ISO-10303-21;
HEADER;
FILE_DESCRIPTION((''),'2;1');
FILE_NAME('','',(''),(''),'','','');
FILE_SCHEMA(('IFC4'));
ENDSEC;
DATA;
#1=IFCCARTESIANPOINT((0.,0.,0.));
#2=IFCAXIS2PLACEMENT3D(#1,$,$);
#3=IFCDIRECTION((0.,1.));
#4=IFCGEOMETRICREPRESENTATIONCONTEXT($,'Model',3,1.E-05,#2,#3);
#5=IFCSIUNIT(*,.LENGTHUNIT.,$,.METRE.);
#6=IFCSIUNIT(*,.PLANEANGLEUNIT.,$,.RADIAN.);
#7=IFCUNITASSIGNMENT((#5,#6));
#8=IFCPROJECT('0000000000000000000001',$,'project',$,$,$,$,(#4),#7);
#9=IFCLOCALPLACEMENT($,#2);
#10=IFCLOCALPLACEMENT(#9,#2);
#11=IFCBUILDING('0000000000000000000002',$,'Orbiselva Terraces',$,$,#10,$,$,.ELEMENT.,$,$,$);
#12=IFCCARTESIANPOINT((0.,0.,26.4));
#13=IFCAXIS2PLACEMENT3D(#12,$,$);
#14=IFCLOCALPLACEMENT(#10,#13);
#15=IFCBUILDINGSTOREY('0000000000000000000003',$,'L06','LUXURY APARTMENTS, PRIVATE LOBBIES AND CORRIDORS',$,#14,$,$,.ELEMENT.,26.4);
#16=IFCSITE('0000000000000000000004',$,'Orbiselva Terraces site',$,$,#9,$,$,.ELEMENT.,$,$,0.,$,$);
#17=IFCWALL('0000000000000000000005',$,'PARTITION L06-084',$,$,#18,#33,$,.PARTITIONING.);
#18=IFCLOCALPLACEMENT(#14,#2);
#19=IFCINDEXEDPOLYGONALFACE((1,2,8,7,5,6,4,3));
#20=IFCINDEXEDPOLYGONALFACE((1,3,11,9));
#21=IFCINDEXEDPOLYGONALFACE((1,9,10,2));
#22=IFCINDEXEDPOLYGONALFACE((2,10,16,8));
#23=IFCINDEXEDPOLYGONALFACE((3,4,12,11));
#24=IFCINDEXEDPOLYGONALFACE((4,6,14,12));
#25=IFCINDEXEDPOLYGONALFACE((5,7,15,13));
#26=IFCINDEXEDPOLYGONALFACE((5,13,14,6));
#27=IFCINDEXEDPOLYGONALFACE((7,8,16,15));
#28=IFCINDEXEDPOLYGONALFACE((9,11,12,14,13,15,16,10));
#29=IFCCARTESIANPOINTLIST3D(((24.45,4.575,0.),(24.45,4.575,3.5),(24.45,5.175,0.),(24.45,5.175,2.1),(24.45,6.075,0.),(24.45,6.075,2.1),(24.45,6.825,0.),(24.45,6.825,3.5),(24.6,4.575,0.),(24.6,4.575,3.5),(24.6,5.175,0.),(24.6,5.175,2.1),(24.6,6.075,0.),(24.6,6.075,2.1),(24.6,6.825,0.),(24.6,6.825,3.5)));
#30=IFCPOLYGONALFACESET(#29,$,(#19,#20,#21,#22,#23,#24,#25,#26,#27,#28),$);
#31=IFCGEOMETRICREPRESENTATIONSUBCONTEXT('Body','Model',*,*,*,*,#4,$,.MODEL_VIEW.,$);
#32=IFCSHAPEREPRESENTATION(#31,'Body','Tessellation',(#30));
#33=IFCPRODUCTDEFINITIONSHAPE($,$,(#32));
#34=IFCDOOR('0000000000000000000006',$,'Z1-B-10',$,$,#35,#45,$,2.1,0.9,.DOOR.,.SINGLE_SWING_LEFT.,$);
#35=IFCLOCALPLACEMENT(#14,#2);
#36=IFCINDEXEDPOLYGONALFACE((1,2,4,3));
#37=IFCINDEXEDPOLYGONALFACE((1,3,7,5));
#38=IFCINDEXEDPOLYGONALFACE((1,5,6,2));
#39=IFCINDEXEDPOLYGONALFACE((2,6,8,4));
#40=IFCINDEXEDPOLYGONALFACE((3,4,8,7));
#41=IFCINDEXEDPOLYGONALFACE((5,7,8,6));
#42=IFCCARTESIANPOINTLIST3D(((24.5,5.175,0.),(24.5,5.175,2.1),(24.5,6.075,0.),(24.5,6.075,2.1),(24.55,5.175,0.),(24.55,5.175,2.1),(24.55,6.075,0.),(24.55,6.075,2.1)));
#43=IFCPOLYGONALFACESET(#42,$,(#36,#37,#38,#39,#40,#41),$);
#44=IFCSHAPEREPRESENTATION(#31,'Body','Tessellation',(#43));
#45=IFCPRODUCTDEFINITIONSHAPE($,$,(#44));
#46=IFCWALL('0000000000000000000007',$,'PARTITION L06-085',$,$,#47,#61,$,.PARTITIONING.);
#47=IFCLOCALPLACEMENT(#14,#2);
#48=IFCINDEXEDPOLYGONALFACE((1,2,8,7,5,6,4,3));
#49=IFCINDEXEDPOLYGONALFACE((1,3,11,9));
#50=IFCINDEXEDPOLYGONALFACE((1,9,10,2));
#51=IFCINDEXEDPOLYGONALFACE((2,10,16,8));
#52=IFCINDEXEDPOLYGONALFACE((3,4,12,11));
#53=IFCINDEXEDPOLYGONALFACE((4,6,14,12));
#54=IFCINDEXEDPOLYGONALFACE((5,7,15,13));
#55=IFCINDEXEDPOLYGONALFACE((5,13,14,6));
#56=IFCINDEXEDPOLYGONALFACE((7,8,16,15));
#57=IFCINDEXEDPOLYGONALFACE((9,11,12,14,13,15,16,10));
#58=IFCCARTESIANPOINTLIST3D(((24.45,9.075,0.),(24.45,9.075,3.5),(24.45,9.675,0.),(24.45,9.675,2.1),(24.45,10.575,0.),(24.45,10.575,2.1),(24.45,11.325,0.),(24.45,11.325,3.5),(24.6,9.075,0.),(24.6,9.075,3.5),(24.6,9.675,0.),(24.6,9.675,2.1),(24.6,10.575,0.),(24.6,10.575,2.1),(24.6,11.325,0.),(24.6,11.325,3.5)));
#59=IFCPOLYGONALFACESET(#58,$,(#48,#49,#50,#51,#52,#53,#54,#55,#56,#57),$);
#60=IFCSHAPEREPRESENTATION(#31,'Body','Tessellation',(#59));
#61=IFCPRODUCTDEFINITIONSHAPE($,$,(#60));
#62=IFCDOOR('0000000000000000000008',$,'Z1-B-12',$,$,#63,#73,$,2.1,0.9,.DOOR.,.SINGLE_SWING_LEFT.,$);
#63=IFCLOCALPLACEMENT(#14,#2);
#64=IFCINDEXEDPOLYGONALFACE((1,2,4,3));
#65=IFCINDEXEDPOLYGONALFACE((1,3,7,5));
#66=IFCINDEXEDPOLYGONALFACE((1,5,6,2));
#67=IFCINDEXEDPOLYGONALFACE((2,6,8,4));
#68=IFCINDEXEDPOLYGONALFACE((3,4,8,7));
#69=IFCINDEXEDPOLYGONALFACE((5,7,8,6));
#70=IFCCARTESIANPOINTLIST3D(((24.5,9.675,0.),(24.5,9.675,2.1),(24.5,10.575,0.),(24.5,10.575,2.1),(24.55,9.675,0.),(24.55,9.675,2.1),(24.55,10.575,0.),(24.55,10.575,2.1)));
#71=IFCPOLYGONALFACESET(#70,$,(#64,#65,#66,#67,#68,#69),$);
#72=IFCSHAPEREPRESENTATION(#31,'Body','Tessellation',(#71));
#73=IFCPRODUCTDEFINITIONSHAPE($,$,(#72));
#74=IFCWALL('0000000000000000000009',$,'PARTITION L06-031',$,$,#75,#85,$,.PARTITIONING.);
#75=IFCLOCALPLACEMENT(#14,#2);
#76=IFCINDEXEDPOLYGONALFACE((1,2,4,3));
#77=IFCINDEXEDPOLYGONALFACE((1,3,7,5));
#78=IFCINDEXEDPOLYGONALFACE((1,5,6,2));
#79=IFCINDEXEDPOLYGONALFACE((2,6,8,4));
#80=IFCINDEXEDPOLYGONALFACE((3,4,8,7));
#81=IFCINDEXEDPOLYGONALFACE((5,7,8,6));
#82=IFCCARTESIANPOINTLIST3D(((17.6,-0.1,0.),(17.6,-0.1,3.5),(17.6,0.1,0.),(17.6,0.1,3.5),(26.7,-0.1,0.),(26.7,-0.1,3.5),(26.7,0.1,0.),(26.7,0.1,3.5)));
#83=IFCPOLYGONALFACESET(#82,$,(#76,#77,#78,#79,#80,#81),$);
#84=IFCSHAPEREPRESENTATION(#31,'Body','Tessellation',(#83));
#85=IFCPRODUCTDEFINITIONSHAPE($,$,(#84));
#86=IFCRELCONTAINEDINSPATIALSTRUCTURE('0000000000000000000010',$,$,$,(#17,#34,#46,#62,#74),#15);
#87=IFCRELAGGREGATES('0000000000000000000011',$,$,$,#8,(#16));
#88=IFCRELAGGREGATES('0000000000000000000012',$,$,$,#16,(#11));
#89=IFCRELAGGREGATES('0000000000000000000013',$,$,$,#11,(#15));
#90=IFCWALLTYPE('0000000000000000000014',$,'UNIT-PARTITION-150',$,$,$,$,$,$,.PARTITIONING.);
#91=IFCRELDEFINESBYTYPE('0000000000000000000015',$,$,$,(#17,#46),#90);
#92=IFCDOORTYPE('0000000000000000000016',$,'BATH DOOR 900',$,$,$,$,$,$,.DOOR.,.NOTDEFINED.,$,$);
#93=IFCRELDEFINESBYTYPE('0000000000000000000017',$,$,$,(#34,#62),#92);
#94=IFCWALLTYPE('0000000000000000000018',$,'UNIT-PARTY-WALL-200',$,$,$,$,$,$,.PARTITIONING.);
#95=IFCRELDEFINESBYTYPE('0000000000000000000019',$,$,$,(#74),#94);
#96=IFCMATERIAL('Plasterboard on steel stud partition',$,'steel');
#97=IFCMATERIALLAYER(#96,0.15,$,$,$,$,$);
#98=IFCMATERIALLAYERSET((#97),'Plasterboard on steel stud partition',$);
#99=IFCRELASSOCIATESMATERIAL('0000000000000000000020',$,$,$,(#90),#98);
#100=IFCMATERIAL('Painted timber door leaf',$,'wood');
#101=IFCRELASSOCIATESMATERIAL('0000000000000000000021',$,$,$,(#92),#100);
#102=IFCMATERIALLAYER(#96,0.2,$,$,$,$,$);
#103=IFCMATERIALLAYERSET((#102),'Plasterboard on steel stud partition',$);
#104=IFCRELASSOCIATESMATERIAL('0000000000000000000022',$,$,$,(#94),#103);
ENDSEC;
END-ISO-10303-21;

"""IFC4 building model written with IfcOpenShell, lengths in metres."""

from ifc_helpers import new_model, si_unit, direction, frame, frame_2d, origin, place, context, subcontext, project, spatial, rectangle, extrude, material, layer, layer_set, type_object, element, fill, save


model = new_model("IFC4")

# Units and contexts
model_context = context("Model", 3, precision=1e-05, world=origin(), true_north=direction((0.0, 1.0)))
body_context = subcontext(model_context, "Body", "Model", "MODEL_VIEW")
ifc_project = project(units=[si_unit("LENGTHUNIT", "METRE"), si_unit("PLANEANGLEUNIT", "RADIAN")], contexts=[model_context])

# Site, building, storey
site_placement = place(None, origin())
site = spatial("IfcSite", under=ifc_project, at=site_placement, Name="Orbiselva Terraces site", CompositionType="ELEMENT", RefElevation=0.0)
building_placement = place(site_placement, origin())
building = spatial("IfcBuilding", under=site, at=building_placement, Name="Orbiselva Terraces", CompositionType="ELEMENT")
storey_placement = place(building_placement, frame((0.0, 0.0, 26.4)))
storey = spatial("IfcBuildingStorey", under=building, at=storey_placement, Name="L06", Description="LUXURY APARTMENTS, PRIVATE LOBBIES AND CORRIDORS", CompositionType="ELEMENT", Elevation=26.4)

# Shared definitions
ifc_material_1 = material(Name="Plasterboard on steel stud partition", Category="steel")
ifc_material_2 = material(Name="Painted timber door leaf", Category="wood")

# Shared definitions
ifc_layer_1 = layer(ifc_material_1, 0.15)
ifc_layer_set_1 = layer_set([ifc_layer_1], Name="Plasterboard on steel stud partition")
wall_type_1 = type_object("IfcWallType", Name="UNIT-PARTITION-150", PredefinedType="PARTITIONING", material=ifc_layer_set_1)

# Walls, openings, doors
wall_1_placement = place(storey_placement, frame((24.525, 4.575, 0.0), z_axis=(0.0, 0.0, 1.0), x_axis=(0.0, 1.0, 0.0)))
wall_1 = element("IfcWall", 1, at=wall_1_placement, inside=storey, type_object=wall_type_1, Name="PARTITION L06-084", PredefinedType="PARTITIONING", context=body_context, shape_type="SweptSolid", body=[
    extrude(rectangle(XDim=2.25, YDim=0.15, at=frame_2d((1.125, 0.0))), origin(), (0.0, 0.0, 1.0), 3.5),
])
opening_1_placement = place(wall_1_placement, frame((0.6, 0.0, 0.0)))
opening_1 = element("IfcOpeningElement", 2, at=opening_1_placement, cuts=wall_1, PredefinedType="OPENING", context=body_context, shape_type="SweptSolid", body=[
    extrude(rectangle(XDim=0.9, YDim=2.1, at=frame_2d((0.45, 1.05))), frame((0.0, 0.085, 0.0), z_axis=(0.0, -1.0, 0.0), x_axis=(1.0, 0.0, 0.0)), (0.0, 0.0, 1.0), 0.17),
])
door_type_1 = type_object("IfcDoorType", Name="BATH DOOR 900", OperationType="NOTDEFINED", PredefinedType="DOOR", material=ifc_material_2)
door_1_placement = place(opening_1_placement, origin())
door_1 = element("IfcDoor", 3, at=door_1_placement, inside=storey, type_object=door_type_1, Name="Z1-B-10", OperationType="SINGLE_SWING_LEFT", OverallHeight=2.1, OverallWidth=0.9, PredefinedType="DOOR", context=body_context, shape_type="SweptSolid", body=[
    extrude(rectangle(XDim=0.9, YDim=2.1, at=frame_2d((0.45, 1.05))), frame((0.0, 0.025, 0.0), z_axis=(0.0, -1.0, 0.0), x_axis=(1.0, 0.0, 0.0)), (0.0, 0.0, 1.0), 0.05),
])
fill(opening_1, door_1)
wall_2_placement = place(storey_placement, frame((24.525, 9.075, 0.0), z_axis=(0.0, 0.0, 1.0), x_axis=(0.0, 1.0, 0.0)))
wall_2 = element("IfcWall", 4, at=wall_2_placement, inside=storey, type_object=wall_type_1, Name="PARTITION L06-085", PredefinedType="PARTITIONING", context=body_context, shape_type="SweptSolid", body=[
    extrude(rectangle(XDim=2.25, YDim=0.15, at=frame_2d((1.125, 0.0))), origin(), (0.0, 0.0, 1.0), 3.5),
])
opening_2_placement = place(wall_2_placement, frame((0.6, 0.0, 0.0)))
opening_2 = element("IfcOpeningElement", 5, at=opening_2_placement, cuts=wall_2, PredefinedType="OPENING", context=body_context, shape_type="SweptSolid", body=[
    extrude(rectangle(XDim=0.9, YDim=2.1, at=frame_2d((0.45, 1.05))), frame((0.0, 0.085, 0.0), z_axis=(0.0, -1.0, 0.0), x_axis=(1.0, 0.0, 0.0)), (0.0, 0.0, 1.0), 0.17),
])
door_2_placement = place(opening_2_placement, origin())
door_2 = element("IfcDoor", 6, at=door_2_placement, inside=storey, type_object=door_type_1, Name="Z1-B-12", OperationType="SINGLE_SWING_LEFT", OverallHeight=2.1, OverallWidth=0.9, PredefinedType="DOOR", context=body_context, shape_type="SweptSolid", body=[
    extrude(rectangle(XDim=0.9, YDim=2.1, at=frame_2d((0.45, 1.05))), frame((0.0, 0.025, 0.0), z_axis=(0.0, -1.0, 0.0), x_axis=(1.0, 0.0, 0.0)), (0.0, 0.0, 1.0), 0.05),
])
fill(opening_2, door_2)

# Wall
ifc_layer_2 = layer(ifc_material_1, 0.2)
ifc_layer_set_2 = layer_set([ifc_layer_2], Name="Plasterboard on steel stud partition")
wall_type_2 = type_object("IfcWallType", Name="UNIT-PARTY-WALL-200", PredefinedType="PARTITIONING", material=ifc_layer_set_2)
wall_3_placement = place(storey_placement, frame((17.6, 0.0, 0.0), z_axis=(0.0, 0.0, 1.0), x_axis=(1.0, 0.0, 0.0)))
element("IfcWall", 7, at=wall_3_placement, inside=storey, type_object=wall_type_2, Name="PARTITION L06-031", PredefinedType="PARTITIONING", context=body_context, shape_type="SweptSolid", body=[
    extrude(rectangle(XDim=9.1, YDim=0.2, at=frame_2d((4.55, 0.0))), origin(), (0.0, 0.0, 1.0), 3.5),
])

save(model, "model.ifc")
